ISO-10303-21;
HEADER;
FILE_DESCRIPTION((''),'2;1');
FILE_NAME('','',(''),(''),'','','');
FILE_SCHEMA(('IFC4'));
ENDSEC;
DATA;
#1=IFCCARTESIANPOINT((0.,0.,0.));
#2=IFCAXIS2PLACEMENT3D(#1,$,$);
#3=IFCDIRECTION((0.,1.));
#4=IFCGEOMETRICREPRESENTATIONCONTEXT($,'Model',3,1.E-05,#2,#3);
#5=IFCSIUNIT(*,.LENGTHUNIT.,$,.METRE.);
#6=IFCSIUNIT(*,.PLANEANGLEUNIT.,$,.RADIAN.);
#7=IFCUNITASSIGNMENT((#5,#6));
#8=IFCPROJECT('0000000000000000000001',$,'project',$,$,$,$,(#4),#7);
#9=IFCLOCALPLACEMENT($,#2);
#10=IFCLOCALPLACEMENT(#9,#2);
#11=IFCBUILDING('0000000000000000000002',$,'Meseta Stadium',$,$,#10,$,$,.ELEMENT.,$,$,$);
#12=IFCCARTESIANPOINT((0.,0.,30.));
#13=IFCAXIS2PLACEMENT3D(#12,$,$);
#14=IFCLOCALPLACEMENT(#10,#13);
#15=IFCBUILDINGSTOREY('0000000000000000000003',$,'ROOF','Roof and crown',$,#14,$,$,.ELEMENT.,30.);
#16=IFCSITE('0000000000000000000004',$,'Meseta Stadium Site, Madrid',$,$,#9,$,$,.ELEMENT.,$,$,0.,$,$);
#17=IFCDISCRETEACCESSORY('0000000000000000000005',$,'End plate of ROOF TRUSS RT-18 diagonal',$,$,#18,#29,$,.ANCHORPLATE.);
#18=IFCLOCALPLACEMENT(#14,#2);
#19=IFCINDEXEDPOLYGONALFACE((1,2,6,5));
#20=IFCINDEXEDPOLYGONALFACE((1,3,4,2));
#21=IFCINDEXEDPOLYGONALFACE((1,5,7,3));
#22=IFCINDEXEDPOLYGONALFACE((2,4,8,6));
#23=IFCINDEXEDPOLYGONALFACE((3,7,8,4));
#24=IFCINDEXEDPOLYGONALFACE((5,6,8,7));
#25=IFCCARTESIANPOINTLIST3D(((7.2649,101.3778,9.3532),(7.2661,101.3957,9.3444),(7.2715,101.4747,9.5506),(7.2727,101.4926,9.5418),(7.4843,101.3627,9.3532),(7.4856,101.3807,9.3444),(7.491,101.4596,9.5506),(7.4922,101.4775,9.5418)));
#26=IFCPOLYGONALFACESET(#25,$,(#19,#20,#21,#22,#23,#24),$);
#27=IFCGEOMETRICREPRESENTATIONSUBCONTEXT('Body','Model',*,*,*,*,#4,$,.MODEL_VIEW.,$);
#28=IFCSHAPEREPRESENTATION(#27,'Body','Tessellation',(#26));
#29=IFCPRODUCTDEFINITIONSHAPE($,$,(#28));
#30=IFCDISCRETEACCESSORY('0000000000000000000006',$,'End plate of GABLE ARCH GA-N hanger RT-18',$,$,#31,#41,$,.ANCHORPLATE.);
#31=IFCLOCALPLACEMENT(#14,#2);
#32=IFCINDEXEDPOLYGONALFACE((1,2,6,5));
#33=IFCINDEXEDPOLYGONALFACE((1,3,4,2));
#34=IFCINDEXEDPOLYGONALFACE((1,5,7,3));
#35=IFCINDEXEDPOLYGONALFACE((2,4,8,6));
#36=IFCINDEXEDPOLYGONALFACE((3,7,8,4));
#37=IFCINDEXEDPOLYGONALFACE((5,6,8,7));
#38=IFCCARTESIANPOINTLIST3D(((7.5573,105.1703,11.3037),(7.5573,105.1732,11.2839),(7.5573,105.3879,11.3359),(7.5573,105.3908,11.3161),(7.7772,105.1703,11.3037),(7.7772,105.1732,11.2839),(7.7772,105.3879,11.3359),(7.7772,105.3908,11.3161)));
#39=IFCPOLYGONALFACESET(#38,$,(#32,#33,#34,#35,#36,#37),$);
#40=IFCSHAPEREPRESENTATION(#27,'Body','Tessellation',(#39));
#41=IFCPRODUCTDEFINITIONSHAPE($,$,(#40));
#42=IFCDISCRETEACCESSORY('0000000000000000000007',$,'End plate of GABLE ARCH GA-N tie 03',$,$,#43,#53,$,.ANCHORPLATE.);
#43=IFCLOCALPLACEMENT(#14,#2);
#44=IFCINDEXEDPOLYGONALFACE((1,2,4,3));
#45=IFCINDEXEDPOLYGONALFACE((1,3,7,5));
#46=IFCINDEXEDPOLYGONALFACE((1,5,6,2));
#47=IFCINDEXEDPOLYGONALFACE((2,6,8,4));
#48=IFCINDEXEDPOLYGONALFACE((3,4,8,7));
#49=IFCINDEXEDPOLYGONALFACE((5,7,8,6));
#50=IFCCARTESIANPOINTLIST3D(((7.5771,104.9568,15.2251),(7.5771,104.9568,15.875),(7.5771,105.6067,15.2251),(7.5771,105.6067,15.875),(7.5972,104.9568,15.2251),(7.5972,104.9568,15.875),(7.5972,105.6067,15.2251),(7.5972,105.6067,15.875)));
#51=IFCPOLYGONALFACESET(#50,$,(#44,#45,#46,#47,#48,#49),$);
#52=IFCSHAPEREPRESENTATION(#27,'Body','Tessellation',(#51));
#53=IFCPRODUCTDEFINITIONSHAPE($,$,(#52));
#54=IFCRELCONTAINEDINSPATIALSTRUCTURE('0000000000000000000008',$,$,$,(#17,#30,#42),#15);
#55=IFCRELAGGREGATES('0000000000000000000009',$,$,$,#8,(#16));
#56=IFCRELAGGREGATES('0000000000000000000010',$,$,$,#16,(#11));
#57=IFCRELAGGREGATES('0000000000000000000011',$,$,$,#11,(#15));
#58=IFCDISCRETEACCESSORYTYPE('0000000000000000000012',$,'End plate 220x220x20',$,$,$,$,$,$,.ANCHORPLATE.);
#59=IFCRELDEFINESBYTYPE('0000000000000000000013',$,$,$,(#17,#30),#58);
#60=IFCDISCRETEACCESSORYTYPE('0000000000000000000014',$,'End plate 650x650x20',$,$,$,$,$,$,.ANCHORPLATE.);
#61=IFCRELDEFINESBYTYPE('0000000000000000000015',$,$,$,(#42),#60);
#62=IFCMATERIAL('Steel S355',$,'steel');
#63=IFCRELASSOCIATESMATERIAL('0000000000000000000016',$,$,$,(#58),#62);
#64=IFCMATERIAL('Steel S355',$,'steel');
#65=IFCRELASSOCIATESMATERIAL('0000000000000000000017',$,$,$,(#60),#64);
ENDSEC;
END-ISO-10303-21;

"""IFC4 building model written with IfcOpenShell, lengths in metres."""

from ifc_helpers import new_model, si_unit, direction, frame, origin, origin_2d, place, context, subcontext, project, spatial, rectangle, extrude, material, material_profile, profile_set, type_object, element, save


model = new_model("IFC4")

# Units and contexts
model_context = context("Model", 3, precision=1e-05, world=origin(), true_north=direction((0.0, 1.0)))
body_context = subcontext(model_context, "Body", "Model", "MODEL_VIEW")
ifc_project = project(units=[si_unit("LENGTHUNIT", "METRE"), si_unit("PLANEANGLEUNIT", "RADIAN")], contexts=[model_context])

# Site, building, storey
site_placement = place(None, origin())
site = spatial("IfcSite", under=ifc_project, at=site_placement, Name="Meseta Stadium Site, Madrid", CompositionType="ELEMENT", RefElevation=0.0)
building_placement = place(site_placement, origin())
building = spatial("IfcBuilding", under=site, at=building_placement, Name="Meseta Stadium", CompositionType="ELEMENT")
storey_placement = place(building_placement, frame((0.0, 0.0, 30.0)))
storey = spatial("IfcBuildingStorey", under=building, at=storey_placement, Name="ROOF", Description="Roof and crown", CompositionType="ELEMENT", Elevation=30.0)

# Discrete accessories
ifc_material_1 = material(Name="Steel S355", Category="steel")
ifc_material_profile_1 = material_profile(ifc_material_1, rectangle(XDim=0.22, YDim=0.22, at=origin_2d()), Name="PL 220x220")
ifc_profile_set_1 = profile_set([ifc_material_profile_1], Name="Steel S355")
discrete_accessory_type_1 = type_object("IfcDiscreteAccessoryType", Name="End plate 220x220x20", PredefinedType="ANCHORPLATE", material=ifc_profile_set_1)
for number, where, z_axis, x_axis, name in (
    (1, (7.3779, 101.4187, 9.4519), (0.061314, 0.895183, -0.44146), (-0.997663, 0.068333, 0.0), "End plate of ROOF TRUSS RT-18 diagonal"),
    (2, (7.6672, 105.2791, 11.3198), (0.0, 0.146549, -0.989203), (-1.0, 0.0, 0.0), "End plate of GABLE ARCH GA-N hanger RT-18"),
):
    element("IfcDiscreteAccessory", number, at=place(storey_placement, frame(where, z_axis=z_axis, x_axis=x_axis)), inside=storey, type_object=discrete_accessory_type_1, Name=name, PredefinedType="ANCHORPLATE", context=body_context, shape_type="SweptSolid", body=[
        extrude(rectangle(XDim=0.22, YDim=0.22, at=origin_2d()), origin(), (0.0, 0.0, 1.0), 0.02),
    ])
ifc_material_2 = material(Name="Steel S355", Category="steel")
ifc_material_profile_2 = material_profile(ifc_material_2, rectangle(XDim=0.6499, YDim=0.6499, at=origin_2d()), Name="PL 650x650")
ifc_profile_set_2 = profile_set([ifc_material_profile_2], Name="Steel S355")
discrete_accessory_type_2 = type_object("IfcDiscreteAccessoryType", Name="End plate 650x650x20", PredefinedType="ANCHORPLATE", material=ifc_profile_set_2)
discrete_accessory_1_placement = place(storey_placement, frame((7.5972, 105.2817, 15.55), z_axis=(-1.0, 0.0, 0.0), x_axis=(0.0, -1.0, 0.0)))
element("IfcDiscreteAccessory", 3, at=discrete_accessory_1_placement, inside=storey, type_object=discrete_accessory_type_2, Name="End plate of GABLE ARCH GA-N tie 03", PredefinedType="ANCHORPLATE", context=body_context, shape_type="SweptSolid", body=[
    extrude(rectangle(XDim=0.6499, YDim=0.6499, at=origin_2d()), origin(), (0.0, 0.0, 1.0), 0.02),
])

save(model, "model.ifc")
